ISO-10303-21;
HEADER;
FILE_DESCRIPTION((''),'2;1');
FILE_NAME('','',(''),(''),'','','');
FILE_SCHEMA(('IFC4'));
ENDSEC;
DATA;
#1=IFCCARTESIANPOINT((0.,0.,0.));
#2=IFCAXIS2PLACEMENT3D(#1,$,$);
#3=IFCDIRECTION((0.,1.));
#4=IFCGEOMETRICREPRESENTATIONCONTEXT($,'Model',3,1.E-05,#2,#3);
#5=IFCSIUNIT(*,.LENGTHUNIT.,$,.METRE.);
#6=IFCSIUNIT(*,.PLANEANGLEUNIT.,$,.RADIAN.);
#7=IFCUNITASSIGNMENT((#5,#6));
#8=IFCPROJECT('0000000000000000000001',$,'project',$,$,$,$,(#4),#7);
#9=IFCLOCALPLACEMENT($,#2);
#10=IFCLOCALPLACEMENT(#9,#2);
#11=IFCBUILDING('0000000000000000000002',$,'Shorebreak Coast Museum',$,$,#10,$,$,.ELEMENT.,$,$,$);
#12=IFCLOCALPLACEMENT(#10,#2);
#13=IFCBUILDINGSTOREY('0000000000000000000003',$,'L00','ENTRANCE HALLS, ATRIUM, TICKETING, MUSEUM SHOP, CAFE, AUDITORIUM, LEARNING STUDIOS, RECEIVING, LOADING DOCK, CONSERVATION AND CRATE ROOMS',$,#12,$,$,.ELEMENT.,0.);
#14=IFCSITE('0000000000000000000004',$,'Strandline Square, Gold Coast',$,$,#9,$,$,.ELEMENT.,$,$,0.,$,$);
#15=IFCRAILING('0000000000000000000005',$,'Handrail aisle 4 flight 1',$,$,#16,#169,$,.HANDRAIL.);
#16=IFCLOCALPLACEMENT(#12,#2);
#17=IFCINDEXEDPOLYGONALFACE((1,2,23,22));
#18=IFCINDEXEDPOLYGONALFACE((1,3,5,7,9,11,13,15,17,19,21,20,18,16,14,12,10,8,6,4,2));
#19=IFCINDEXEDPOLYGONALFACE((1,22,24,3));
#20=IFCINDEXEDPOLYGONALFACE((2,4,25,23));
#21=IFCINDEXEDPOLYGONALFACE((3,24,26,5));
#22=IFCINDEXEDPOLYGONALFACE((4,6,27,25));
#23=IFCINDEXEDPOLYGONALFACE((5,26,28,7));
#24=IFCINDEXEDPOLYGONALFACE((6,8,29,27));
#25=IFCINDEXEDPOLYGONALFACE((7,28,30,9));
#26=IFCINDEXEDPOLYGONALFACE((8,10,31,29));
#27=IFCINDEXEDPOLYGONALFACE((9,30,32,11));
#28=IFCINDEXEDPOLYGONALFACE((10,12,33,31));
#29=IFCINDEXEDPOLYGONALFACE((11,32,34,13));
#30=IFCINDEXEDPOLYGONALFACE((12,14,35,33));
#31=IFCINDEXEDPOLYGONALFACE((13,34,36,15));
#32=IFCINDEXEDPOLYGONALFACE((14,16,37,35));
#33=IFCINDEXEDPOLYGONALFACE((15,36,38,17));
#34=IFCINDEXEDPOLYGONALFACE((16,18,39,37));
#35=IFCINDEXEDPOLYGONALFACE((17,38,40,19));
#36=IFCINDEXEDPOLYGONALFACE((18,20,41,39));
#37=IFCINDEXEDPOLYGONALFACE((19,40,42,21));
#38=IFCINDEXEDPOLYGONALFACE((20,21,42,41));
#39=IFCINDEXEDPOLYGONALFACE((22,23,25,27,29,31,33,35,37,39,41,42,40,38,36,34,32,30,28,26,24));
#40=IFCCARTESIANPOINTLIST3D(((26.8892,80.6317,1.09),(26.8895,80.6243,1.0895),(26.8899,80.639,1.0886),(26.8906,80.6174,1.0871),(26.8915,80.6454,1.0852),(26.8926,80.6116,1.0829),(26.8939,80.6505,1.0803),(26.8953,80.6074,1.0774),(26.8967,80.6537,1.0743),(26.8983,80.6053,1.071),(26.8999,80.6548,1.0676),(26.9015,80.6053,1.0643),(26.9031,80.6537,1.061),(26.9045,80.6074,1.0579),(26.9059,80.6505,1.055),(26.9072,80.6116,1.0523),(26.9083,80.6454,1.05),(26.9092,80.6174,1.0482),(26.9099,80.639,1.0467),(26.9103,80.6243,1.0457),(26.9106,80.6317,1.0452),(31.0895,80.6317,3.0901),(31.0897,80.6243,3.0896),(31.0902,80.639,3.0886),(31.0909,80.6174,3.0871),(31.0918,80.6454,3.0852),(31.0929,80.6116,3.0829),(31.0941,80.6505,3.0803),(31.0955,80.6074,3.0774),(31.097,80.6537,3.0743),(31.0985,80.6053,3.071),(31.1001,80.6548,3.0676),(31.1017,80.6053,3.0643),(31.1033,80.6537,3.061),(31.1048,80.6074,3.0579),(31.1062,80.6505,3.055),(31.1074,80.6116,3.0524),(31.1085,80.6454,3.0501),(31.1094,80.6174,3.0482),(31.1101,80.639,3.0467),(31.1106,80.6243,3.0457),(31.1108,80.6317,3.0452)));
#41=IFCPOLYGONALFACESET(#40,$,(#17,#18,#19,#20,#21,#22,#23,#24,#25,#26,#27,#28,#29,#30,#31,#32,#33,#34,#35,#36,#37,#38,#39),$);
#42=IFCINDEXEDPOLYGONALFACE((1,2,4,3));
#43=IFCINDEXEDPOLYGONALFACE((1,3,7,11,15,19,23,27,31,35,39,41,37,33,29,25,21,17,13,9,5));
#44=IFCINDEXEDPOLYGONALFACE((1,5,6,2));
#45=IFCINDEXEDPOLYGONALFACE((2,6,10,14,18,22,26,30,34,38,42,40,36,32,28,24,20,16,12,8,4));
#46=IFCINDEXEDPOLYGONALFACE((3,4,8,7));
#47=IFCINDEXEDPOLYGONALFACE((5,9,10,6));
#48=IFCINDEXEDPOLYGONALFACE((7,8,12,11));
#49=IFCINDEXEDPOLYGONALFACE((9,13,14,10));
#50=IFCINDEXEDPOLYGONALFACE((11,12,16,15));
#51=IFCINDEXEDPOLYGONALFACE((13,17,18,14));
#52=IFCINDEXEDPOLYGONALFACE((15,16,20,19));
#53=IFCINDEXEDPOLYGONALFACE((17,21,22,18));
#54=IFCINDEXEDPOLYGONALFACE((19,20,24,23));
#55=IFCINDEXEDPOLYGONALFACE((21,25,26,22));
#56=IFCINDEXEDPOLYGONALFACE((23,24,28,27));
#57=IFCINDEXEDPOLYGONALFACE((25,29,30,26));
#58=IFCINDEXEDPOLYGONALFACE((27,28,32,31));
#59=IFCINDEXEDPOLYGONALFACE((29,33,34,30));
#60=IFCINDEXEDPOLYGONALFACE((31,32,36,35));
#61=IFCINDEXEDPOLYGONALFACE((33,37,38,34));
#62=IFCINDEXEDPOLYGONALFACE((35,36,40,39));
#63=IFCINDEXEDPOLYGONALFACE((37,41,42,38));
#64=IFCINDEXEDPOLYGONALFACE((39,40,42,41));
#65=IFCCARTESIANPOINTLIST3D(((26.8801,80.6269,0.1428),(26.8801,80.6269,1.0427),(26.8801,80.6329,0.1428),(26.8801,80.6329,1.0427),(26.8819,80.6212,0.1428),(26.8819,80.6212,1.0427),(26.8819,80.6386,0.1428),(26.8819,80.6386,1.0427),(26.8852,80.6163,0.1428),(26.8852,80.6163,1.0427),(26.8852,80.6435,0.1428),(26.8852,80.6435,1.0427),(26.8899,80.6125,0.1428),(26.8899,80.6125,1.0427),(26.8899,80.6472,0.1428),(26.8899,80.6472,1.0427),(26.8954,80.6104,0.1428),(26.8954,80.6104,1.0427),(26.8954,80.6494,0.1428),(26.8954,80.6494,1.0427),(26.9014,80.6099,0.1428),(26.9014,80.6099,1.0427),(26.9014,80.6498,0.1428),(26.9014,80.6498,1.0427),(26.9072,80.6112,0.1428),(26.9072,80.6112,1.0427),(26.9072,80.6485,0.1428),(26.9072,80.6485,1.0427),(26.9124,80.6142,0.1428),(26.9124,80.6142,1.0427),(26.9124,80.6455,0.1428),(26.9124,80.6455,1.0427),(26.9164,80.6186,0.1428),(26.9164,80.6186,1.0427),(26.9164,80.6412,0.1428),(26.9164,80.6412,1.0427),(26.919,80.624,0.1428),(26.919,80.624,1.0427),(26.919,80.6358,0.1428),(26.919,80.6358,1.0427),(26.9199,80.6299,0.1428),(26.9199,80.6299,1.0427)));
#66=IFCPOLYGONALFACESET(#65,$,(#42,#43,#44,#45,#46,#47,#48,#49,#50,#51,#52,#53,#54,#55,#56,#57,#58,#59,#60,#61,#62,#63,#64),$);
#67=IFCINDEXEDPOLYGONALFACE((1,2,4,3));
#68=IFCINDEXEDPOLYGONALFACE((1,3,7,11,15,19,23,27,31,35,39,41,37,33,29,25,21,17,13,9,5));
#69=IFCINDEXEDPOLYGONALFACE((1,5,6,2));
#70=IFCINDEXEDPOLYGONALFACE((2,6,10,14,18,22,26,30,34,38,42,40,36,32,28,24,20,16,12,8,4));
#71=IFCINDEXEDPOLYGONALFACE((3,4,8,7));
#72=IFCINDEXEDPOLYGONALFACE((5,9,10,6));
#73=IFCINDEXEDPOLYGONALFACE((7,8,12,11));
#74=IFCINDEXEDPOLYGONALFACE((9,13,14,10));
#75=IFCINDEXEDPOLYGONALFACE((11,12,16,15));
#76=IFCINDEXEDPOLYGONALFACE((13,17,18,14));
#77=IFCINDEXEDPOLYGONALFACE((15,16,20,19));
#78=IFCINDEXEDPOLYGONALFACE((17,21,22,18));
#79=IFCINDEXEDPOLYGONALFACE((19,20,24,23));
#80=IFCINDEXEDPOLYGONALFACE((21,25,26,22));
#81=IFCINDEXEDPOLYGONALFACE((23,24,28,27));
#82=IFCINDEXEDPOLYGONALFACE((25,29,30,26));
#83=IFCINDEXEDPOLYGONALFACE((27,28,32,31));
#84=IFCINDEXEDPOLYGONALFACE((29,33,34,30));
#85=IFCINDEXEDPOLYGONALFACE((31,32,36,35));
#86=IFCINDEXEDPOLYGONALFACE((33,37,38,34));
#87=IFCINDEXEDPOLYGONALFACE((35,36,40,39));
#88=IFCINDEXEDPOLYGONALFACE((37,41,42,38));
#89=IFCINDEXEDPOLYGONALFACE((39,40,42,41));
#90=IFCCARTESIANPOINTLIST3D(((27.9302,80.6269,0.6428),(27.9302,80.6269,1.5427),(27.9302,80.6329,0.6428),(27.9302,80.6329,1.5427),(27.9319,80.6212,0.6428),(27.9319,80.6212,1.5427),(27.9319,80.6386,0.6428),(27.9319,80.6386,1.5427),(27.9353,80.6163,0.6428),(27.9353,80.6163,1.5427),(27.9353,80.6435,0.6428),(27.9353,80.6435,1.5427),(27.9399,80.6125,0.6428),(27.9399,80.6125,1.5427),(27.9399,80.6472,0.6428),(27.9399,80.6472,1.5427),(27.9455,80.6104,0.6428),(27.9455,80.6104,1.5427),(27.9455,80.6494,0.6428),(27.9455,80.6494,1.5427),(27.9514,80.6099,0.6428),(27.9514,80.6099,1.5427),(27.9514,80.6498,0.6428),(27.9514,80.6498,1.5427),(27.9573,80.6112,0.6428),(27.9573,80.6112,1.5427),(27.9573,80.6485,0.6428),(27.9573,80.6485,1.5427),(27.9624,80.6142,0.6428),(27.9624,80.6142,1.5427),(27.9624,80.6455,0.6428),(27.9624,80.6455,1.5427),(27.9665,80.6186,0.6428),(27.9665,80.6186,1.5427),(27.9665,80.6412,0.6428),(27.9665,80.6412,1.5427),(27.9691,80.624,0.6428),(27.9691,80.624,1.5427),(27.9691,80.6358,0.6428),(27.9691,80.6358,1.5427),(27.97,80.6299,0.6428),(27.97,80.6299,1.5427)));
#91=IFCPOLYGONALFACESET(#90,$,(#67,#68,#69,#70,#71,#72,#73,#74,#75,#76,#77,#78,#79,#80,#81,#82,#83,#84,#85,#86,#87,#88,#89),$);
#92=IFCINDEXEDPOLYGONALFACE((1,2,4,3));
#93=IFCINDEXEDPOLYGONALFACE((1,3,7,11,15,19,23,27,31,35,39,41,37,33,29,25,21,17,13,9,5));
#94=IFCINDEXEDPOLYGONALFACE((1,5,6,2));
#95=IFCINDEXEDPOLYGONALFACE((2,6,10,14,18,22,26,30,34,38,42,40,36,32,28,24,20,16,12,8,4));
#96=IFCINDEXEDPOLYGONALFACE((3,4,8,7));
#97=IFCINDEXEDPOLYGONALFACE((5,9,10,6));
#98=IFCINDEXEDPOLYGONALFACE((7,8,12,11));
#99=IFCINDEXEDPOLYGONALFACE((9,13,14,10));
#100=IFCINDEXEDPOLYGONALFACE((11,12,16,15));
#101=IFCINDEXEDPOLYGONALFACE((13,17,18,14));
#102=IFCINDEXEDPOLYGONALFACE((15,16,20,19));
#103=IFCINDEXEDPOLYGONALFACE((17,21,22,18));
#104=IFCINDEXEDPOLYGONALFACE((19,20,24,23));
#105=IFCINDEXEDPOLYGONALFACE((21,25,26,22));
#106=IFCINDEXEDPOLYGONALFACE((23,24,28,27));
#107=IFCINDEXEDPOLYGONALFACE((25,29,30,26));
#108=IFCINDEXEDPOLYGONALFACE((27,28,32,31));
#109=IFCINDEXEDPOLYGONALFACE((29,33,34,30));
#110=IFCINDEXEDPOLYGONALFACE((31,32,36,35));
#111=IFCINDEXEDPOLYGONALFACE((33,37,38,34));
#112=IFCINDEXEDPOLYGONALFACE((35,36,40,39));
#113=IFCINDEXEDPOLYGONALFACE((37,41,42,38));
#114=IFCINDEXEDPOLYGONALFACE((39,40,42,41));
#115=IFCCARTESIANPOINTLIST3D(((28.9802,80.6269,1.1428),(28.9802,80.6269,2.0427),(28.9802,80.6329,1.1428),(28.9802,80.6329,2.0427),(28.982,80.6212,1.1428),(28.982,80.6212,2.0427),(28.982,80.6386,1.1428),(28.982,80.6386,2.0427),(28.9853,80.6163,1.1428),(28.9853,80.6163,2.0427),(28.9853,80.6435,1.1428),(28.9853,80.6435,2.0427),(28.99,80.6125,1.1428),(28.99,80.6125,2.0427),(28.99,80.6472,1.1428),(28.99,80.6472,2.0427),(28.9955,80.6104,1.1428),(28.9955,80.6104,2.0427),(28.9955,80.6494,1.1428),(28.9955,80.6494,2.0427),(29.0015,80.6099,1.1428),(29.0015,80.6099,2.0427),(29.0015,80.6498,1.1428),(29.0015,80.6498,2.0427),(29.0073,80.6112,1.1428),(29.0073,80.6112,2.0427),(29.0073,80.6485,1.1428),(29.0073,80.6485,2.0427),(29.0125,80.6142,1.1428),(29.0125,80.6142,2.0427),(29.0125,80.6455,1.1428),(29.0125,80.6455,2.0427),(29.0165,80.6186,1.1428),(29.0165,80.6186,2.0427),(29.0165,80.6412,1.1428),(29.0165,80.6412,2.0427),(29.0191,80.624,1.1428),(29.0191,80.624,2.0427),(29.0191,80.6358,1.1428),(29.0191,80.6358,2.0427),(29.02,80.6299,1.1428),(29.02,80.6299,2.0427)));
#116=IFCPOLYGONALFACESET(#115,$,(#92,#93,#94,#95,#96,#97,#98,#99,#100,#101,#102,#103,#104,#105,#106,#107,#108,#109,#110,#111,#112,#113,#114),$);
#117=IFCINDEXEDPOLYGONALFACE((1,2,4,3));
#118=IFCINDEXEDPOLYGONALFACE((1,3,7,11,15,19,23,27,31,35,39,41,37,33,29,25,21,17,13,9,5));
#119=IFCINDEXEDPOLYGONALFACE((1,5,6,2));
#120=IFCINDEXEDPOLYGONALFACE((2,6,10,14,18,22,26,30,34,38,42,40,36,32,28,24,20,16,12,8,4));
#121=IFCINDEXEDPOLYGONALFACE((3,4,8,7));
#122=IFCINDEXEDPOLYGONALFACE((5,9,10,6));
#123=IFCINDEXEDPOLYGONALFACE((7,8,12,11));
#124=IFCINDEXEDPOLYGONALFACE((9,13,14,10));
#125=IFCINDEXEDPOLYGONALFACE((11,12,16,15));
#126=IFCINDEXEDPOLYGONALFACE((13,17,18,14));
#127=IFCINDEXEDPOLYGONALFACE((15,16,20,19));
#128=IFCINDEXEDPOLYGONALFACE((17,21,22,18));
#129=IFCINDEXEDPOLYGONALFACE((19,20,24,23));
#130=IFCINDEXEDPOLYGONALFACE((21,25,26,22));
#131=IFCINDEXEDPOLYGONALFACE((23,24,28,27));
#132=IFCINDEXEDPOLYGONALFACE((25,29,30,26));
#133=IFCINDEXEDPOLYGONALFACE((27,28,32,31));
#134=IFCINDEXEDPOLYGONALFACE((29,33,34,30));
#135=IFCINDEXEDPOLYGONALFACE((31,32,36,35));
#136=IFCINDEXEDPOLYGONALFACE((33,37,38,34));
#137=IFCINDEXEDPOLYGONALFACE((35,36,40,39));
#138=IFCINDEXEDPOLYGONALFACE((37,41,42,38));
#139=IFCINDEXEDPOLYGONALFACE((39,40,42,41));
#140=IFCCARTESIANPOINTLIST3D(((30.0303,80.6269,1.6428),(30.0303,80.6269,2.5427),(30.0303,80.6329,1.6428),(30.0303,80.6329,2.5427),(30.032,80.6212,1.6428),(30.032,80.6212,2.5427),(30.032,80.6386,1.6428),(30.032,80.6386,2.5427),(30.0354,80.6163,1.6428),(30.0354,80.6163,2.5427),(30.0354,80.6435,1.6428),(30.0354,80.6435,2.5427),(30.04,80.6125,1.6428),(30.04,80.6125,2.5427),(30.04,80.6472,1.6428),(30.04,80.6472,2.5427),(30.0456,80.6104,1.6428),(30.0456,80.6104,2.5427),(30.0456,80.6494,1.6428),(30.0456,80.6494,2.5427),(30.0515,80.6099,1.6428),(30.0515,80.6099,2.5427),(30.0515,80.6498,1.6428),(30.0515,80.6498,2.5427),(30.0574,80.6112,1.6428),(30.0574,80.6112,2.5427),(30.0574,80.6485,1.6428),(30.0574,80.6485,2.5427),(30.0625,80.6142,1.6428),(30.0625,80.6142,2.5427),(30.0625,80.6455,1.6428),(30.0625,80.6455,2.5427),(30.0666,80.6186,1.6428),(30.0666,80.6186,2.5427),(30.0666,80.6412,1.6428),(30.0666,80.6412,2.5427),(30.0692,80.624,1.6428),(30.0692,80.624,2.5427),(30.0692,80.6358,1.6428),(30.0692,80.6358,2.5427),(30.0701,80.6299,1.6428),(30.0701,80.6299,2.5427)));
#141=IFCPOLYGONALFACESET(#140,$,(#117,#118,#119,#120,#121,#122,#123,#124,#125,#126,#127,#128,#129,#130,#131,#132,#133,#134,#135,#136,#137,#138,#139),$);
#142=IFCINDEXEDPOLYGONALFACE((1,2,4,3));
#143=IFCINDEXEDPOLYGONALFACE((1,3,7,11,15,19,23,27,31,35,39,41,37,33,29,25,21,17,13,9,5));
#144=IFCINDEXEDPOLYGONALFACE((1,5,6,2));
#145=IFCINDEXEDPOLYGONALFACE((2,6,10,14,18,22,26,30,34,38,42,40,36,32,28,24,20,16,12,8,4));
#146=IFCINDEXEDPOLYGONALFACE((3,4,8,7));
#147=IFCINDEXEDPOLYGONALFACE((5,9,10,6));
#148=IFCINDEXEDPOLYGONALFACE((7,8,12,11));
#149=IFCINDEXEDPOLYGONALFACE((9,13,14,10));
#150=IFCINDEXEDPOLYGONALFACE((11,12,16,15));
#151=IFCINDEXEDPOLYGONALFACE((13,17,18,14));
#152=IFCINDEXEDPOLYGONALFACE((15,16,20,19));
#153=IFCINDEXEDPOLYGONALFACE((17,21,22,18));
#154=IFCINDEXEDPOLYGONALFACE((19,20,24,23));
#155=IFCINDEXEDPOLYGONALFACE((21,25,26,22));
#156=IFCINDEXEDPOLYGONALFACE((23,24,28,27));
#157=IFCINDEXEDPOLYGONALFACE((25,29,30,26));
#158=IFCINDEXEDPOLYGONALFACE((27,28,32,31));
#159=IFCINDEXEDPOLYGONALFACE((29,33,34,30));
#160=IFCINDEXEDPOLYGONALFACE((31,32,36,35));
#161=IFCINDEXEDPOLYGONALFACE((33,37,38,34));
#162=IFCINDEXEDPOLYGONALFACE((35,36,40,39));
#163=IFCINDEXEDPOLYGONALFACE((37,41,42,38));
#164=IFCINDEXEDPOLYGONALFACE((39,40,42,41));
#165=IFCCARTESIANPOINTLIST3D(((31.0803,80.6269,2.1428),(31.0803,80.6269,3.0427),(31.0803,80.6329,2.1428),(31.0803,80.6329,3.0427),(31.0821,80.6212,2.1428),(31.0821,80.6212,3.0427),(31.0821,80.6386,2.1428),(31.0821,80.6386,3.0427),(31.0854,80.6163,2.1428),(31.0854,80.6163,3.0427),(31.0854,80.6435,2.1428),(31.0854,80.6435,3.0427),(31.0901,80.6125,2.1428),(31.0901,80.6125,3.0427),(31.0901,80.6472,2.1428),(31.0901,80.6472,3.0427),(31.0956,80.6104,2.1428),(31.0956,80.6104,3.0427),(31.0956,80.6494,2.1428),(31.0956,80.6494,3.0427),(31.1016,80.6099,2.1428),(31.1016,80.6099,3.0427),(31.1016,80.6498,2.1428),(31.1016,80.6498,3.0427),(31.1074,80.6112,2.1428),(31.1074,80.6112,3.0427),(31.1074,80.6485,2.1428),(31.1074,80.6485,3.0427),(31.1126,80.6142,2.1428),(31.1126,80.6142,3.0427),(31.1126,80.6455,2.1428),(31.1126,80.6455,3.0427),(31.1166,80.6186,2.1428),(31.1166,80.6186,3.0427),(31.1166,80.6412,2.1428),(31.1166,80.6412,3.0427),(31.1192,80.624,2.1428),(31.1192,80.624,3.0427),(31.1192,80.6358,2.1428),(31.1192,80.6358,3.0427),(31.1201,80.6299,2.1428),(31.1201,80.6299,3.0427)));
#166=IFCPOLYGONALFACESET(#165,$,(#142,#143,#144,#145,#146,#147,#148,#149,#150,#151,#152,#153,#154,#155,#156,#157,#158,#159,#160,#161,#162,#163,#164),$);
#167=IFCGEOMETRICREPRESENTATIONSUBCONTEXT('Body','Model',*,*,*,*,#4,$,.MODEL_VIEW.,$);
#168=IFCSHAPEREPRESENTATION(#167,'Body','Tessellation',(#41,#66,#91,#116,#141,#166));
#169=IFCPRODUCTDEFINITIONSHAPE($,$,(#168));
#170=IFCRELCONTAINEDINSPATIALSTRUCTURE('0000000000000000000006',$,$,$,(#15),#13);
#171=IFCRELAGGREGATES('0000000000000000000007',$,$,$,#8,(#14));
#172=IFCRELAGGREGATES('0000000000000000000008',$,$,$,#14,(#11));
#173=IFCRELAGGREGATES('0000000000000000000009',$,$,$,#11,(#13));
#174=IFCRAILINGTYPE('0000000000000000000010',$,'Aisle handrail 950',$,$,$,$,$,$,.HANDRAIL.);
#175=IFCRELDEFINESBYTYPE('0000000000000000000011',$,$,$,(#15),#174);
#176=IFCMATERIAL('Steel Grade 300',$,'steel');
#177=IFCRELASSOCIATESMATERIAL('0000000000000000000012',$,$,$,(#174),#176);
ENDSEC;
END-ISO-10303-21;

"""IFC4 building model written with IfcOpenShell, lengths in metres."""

from ifc_helpers import new_model, si_unit, direction, frame, origin, origin_2d, place, context, subcontext, project, spatial, circle, extrude, material, type_object, element, save


model = new_model("IFC4")

# Units and contexts
model_context = context("Model", 3, precision=1e-05, world=origin(), true_north=direction((0.0, 1.0)))
body_context = subcontext(model_context, "Body", "Model", "MODEL_VIEW")
ifc_project = project(units=[si_unit("LENGTHUNIT", "METRE"), si_unit("PLANEANGLEUNIT", "RADIAN")], contexts=[model_context])

# Site, building, storey
site_placement = place(None, origin())
site = spatial("IfcSite", under=ifc_project, at=site_placement, Name="Strandline Square, Gold Coast", CompositionType="ELEMENT", RefElevation=0.0)
building_placement = place(site_placement, origin())
building = spatial("IfcBuilding", under=site, at=building_placement, Name="Shorebreak Coast Museum", CompositionType="ELEMENT")
storey_placement = place(building_placement, origin())
storey = spatial("IfcBuildingStorey", under=building, at=storey_placement, Name="L00", Description="ENTRANCE HALLS, ATRIUM, TICKETING, MUSEUM SHOP, CAFE, AUDITORIUM, LEARNING STUDIOS, RECEIVING, LOADING DOCK, CONSERVATION AND CRATE ROOMS", CompositionType="ELEMENT", Elevation=0.0)

# Railing
ifc_material_1 = material(Name="Steel Grade 300", Category="steel")
railing_type_1 = type_object("IfcRailingType", Name="Aisle handrail 950", PredefinedType="HANDRAIL", material=ifc_material_1)
railing_1_placement = place(storey_placement, frame((26.8999, 80.6299, 0.1428)))
element("IfcRailing", 1, at=railing_1_placement, inside=storey, type_object=railing_type_1, Name="Handrail aisle 4 flight 1", PredefinedType="HANDRAIL", context=body_context, shape_type="SweptSolid", body=[
    extrude(circle(Radius=0.0249, at=origin_2d()), frame((0.0, 0.0, 0.9248), z_axis=(0.902868, 0.0, 0.429917), x_axis=(0.0, 1.0, 0.0)), (0.0, 0.0, 1.0), 4.6521),
    extrude(circle(Radius=0.02, at=origin_2d()), origin(), (0.0, 0.0, 1.0), 0.8999),
    extrude(circle(Radius=0.02, at=origin_2d()), frame((1.05, 0.0, 0.5)), (0.0, 0.0, 1.0), 0.8999),
    extrude(circle(Radius=0.02, at=origin_2d()), frame((2.1001, 0.0, 1.0)), (0.0, 0.0, 1.0), 0.8999),
    extrude(circle(Radius=0.02, at=origin_2d()), frame((3.1501, 0.0, 1.5)), (0.0, 0.0, 1.0), 0.8999),
    extrude(circle(Radius=0.02, at=origin_2d()), frame((4.2002, 0.0, 2.0)), (0.0, 0.0, 1.0), 0.8999),
])

save(model, "model.ifc")
